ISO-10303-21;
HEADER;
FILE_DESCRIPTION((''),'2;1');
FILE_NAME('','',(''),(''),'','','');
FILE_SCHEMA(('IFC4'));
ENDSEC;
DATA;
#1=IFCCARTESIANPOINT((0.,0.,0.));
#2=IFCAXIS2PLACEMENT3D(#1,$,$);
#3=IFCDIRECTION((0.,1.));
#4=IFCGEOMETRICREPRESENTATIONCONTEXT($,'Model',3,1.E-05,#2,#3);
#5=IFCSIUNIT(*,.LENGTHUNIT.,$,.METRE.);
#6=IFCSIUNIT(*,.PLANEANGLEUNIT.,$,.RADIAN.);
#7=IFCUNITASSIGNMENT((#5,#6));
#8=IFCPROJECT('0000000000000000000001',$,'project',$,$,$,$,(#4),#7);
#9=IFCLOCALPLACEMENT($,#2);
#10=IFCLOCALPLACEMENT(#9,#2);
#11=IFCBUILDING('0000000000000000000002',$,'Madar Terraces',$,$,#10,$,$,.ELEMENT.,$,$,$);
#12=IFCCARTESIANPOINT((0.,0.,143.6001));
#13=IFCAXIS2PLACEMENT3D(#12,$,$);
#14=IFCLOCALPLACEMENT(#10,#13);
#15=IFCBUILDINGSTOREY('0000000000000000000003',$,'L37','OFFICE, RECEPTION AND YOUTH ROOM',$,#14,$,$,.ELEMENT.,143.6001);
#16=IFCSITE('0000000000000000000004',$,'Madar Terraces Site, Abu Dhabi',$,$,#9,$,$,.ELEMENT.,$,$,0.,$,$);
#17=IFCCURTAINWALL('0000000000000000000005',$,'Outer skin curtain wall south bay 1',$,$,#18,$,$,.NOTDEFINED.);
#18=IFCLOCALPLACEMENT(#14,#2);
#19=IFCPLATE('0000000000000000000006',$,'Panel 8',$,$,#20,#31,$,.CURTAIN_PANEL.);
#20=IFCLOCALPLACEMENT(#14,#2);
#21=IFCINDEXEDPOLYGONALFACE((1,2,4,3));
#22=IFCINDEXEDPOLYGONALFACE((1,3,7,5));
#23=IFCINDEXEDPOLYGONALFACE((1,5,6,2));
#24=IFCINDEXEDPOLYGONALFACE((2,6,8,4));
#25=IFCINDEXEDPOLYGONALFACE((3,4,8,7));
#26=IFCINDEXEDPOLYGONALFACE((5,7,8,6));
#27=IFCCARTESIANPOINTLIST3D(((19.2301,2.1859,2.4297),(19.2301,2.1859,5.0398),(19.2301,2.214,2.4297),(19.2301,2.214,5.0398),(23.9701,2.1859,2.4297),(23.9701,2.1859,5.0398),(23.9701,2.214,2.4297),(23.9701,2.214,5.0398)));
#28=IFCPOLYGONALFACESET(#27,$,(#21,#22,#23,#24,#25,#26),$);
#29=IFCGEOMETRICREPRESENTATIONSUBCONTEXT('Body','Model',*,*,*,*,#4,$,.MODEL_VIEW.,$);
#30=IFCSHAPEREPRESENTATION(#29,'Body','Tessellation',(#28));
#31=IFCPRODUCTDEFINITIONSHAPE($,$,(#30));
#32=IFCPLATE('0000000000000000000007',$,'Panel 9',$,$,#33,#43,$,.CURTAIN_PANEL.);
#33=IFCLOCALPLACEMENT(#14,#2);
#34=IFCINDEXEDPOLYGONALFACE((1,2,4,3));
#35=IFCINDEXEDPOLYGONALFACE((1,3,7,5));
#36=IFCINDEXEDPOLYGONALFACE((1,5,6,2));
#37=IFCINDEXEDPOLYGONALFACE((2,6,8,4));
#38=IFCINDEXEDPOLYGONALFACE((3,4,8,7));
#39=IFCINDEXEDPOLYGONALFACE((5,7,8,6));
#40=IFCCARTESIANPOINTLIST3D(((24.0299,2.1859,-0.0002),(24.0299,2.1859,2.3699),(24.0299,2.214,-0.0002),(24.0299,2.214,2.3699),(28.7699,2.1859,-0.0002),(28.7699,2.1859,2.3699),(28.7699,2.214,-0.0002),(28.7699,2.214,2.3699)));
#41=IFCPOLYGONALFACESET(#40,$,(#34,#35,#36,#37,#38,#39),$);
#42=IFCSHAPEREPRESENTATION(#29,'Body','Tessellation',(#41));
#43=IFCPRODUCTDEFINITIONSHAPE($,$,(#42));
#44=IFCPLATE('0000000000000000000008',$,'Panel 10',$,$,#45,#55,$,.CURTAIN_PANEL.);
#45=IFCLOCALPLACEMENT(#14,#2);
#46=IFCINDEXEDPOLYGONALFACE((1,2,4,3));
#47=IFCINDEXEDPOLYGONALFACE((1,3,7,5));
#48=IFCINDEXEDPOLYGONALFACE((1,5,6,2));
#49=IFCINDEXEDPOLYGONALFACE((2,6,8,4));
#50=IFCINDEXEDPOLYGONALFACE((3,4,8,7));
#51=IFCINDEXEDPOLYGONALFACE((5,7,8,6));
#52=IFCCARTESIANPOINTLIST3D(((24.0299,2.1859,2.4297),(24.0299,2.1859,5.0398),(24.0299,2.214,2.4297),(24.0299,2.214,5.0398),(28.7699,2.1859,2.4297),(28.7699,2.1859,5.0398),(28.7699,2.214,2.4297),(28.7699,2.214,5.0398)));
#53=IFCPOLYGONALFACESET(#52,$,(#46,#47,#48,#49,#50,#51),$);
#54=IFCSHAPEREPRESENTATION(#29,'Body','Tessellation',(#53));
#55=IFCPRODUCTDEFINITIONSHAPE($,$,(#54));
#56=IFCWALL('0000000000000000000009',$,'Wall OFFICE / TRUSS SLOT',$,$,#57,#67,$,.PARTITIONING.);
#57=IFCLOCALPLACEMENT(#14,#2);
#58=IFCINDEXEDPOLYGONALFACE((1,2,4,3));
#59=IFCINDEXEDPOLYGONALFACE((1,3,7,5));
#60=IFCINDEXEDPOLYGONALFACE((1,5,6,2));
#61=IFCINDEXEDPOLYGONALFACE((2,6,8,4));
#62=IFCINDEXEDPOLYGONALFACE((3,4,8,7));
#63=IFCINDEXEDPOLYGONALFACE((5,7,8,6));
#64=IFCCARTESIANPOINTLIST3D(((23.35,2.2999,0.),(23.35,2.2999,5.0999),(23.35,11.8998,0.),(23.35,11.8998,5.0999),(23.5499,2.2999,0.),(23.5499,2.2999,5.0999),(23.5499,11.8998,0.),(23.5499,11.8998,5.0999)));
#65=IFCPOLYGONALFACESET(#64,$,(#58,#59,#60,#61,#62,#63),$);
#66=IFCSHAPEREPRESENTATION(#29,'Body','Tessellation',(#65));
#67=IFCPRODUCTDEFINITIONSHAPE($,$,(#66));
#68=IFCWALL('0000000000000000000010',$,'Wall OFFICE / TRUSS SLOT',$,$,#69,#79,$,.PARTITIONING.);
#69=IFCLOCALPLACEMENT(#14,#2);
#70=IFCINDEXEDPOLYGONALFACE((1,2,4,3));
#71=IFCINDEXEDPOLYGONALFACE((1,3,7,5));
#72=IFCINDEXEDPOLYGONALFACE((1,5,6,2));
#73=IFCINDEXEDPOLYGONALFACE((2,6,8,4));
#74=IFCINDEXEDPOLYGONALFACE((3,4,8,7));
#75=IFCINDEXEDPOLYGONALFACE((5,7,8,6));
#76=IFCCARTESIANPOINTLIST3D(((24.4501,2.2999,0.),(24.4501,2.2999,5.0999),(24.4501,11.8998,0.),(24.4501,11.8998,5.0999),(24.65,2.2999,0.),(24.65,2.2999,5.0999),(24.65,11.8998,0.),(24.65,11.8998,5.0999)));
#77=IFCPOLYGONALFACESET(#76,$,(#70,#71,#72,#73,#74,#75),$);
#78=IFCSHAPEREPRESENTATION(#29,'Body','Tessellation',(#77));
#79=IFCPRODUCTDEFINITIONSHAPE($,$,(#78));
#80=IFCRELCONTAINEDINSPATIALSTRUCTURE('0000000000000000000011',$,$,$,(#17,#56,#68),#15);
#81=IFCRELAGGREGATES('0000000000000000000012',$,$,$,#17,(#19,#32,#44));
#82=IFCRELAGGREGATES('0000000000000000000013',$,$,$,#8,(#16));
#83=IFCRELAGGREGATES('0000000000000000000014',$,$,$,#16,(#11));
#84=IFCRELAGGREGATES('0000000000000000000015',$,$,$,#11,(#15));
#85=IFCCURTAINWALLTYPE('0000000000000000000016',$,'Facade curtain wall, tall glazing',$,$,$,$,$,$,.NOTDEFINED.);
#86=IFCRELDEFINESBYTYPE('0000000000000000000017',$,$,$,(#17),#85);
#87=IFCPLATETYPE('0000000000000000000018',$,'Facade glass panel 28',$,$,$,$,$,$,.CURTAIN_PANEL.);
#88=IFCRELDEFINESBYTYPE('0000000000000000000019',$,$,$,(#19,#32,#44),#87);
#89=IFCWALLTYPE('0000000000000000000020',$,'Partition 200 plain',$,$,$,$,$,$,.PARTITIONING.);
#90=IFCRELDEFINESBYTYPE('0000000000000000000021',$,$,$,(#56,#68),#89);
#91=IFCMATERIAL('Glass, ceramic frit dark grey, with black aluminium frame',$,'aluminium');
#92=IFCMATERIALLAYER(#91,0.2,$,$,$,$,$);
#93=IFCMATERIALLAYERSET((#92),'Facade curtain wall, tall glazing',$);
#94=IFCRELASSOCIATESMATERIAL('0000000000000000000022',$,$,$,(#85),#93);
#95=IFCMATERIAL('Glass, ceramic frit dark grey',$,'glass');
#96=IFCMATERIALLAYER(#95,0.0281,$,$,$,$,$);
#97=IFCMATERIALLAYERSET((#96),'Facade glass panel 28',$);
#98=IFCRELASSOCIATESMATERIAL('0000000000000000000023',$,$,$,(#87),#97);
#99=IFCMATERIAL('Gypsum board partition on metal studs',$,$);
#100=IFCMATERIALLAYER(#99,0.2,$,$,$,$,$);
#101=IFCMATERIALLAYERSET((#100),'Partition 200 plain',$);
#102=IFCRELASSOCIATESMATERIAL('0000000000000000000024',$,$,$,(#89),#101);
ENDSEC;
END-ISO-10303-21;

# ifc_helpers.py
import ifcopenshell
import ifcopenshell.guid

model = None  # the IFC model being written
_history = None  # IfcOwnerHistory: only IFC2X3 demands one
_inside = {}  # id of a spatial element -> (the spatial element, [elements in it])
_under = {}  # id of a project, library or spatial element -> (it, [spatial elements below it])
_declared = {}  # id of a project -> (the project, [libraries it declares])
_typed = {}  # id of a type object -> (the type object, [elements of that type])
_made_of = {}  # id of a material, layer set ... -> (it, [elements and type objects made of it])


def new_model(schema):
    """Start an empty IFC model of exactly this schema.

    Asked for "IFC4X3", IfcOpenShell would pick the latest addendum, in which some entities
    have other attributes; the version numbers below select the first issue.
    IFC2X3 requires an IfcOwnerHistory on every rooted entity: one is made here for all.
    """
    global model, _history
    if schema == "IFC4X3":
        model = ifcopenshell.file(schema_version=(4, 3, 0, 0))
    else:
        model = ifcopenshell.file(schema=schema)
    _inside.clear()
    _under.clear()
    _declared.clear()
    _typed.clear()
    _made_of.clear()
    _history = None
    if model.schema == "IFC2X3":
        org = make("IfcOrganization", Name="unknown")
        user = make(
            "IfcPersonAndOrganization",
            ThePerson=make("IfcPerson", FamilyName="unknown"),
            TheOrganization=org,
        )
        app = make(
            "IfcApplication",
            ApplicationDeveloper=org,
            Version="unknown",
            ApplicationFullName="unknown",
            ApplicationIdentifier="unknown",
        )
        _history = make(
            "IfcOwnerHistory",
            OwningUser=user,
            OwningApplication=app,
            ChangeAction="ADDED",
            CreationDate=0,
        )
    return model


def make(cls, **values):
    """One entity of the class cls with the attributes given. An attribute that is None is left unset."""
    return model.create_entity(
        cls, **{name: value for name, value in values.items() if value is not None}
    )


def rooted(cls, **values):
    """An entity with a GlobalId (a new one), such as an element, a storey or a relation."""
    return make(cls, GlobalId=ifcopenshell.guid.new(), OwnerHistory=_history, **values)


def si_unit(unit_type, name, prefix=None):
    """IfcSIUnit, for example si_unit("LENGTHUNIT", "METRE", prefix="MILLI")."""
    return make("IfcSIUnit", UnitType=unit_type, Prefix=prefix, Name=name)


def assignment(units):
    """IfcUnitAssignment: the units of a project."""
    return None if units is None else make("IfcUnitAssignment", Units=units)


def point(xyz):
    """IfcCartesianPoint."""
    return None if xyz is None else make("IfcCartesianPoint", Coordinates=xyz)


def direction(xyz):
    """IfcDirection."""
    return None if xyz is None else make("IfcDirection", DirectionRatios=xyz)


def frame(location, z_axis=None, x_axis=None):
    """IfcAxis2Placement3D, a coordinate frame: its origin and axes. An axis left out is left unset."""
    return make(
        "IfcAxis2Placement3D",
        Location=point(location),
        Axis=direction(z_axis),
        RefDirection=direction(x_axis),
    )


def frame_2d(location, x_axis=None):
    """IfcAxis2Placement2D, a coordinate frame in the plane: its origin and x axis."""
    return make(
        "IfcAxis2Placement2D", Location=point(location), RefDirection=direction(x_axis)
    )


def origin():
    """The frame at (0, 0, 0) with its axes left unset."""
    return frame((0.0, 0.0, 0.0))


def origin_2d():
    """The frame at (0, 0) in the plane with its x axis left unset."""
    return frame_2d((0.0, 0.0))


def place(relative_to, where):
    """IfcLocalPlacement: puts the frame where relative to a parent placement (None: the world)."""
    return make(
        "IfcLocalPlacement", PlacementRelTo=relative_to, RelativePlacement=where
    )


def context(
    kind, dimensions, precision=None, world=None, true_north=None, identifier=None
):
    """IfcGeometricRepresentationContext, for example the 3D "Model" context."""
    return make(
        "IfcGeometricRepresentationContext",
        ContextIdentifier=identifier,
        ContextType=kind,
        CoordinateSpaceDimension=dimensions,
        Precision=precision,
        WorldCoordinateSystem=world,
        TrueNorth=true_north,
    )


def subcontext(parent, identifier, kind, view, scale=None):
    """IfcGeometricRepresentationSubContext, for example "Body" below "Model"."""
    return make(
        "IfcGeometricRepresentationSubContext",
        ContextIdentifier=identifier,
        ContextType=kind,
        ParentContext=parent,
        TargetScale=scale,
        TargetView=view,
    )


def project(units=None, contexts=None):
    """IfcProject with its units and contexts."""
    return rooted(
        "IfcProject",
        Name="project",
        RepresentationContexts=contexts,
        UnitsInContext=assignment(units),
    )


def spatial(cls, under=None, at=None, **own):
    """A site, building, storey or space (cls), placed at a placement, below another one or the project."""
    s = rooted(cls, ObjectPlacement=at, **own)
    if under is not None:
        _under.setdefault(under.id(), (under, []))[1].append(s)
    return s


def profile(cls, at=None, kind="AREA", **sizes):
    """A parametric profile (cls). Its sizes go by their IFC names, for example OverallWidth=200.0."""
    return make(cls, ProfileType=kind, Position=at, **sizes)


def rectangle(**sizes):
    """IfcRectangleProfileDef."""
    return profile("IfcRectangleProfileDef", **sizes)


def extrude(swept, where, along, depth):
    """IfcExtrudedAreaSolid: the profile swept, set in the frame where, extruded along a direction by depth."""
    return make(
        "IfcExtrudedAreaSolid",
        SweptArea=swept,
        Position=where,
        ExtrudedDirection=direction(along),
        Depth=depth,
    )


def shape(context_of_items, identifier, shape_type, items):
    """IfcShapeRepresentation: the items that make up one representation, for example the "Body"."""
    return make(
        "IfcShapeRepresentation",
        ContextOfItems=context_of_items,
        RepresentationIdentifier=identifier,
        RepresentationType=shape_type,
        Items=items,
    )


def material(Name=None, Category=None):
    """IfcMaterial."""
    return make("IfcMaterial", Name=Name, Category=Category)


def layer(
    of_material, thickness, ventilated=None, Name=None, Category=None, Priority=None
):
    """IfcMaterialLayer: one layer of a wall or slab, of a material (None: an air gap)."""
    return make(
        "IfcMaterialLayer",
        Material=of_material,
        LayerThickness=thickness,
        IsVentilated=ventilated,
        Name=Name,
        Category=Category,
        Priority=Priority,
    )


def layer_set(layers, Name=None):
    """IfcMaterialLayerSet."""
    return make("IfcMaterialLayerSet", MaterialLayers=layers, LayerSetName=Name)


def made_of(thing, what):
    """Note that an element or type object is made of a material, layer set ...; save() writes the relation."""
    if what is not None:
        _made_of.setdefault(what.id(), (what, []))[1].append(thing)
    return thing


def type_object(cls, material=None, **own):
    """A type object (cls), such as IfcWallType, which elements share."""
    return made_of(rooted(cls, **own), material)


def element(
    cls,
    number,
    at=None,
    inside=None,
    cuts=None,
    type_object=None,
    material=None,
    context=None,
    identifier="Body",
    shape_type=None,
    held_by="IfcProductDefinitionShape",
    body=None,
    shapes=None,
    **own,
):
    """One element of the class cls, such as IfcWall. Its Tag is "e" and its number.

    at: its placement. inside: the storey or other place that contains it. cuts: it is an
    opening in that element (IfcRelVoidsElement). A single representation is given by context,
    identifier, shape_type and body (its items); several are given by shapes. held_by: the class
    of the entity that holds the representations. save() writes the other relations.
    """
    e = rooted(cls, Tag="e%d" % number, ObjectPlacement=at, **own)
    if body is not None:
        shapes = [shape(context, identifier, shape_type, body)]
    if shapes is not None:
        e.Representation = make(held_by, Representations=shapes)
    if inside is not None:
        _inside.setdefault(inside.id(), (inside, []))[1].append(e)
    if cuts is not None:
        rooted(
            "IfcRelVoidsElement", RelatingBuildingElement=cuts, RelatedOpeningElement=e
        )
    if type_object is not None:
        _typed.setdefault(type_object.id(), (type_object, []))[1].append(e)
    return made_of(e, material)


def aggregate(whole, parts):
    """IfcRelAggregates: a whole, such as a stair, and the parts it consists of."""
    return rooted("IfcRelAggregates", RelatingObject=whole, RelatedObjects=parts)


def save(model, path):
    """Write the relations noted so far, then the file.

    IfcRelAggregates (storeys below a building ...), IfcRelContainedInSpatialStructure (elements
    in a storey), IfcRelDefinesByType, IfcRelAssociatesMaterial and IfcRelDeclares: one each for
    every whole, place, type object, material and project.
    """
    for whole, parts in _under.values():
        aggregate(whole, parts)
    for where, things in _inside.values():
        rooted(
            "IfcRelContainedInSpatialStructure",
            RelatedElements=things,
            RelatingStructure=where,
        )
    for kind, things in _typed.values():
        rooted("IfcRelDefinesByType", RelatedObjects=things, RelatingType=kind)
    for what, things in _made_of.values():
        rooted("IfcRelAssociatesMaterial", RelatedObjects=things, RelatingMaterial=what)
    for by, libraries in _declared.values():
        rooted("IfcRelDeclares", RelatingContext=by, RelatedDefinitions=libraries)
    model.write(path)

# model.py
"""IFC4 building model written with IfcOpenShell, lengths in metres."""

from ifc_helpers import new_model, si_unit, direction, frame, frame_2d, origin, origin_2d, place, context, subcontext, project, spatial, rectangle, extrude, material, layer, layer_set, type_object, element, aggregate, save


model = new_model("IFC4")

# Units and contexts
model_context = context("Model", 3, precision=1e-05, world=origin(), true_north=direction((0.0, 1.0)))
body_context = subcontext(model_context, "Body", "Model", "MODEL_VIEW")
ifc_project = project(units=[si_unit("LENGTHUNIT", "METRE"), si_unit("PLANEANGLEUNIT", "RADIAN")], contexts=[model_context])

# Site, building, storey
site_placement = place(None, origin())
site = spatial("IfcSite", under=ifc_project, at=site_placement, Name="Madar Terraces Site, Abu Dhabi", CompositionType="ELEMENT", RefElevation=0.0)
building_placement = place(site_placement, origin())
building = spatial("IfcBuilding", under=site, at=building_placement, Name="Madar Terraces", CompositionType="ELEMENT")
storey_placement = place(building_placement, frame((0.0, 0.0, 143.6001)))
storey = spatial("IfcBuildingStorey", under=building, at=storey_placement, Name="L37", Description="OFFICE, RECEPTION AND YOUTH ROOM", CompositionType="ELEMENT", Elevation=143.6001)

# Curtain wall
ifc_material_1 = material(Name="Glass, ceramic frit dark grey, with black aluminium frame", Category="aluminium")
ifc_layer_1 = layer(ifc_material_1, 0.2)
ifc_layer_set_1 = layer_set([ifc_layer_1], Name="Facade curtain wall, tall glazing")
curtain_wall_type = type_object("IfcCurtainWallType", Name="Facade curtain wall, tall glazing", PredefinedType="NOTDEFINED", material=ifc_layer_set_1)
curtain_wall_placement = place(storey_placement, origin())
curtain_wall = element("IfcCurtainWall", 1, at=curtain_wall_placement, inside=storey, type_object=curtain_wall_type, Name="Outer skin curtain wall south bay 1", PredefinedType="NOTDEFINED")

# Plates
ifc_material_2 = material(Name="Glass, ceramic frit dark grey", Category="glass")
ifc_layer_2 = layer(ifc_material_2, 0.0281)
ifc_layer_set_2 = layer_set([ifc_layer_2], Name="Facade glass panel 28")
plate_type = type_object("IfcPlateType", Name="Facade glass panel 28", PredefinedType="CURTAIN_PANEL", material=ifc_layer_set_2)
plate_1_placement = place(storey_placement, frame((21.6001, 2.2, 2.4297), z_axis=(0.0, 0.0, 1.0), x_axis=(1.0, 0.0, 0.0)))
plate_1 = element("IfcPlate", 2, at=plate_1_placement, type_object=plate_type, Name="Panel 8", PredefinedType="CURTAIN_PANEL", context=body_context, shape_type="SweptSolid", body=[
    extrude(rectangle(XDim=4.74, YDim=0.0281, at=origin_2d()), origin(), (0.0, 0.0, 1.0), 2.6101),
])
plate_2_placement = place(storey_placement, frame((26.3999, 2.2, -0.0002), z_axis=(0.0, 0.0, 1.0), x_axis=(1.0, 0.0, 0.0)))
plate_2 = element("IfcPlate", 3, at=plate_2_placement, type_object=plate_type, Name="Panel 9", PredefinedType="CURTAIN_PANEL", context=body_context, shape_type="SweptSolid", body=[
    extrude(rectangle(XDim=4.74, YDim=0.0281, at=origin_2d()), origin(), (0.0, 0.0, 1.0), 2.3701),
])
plate_3_placement = place(storey_placement, frame((26.3999, 2.2, 2.4297), z_axis=(0.0, 0.0, 1.0), x_axis=(1.0, 0.0, 0.0)))
plate_3 = element("IfcPlate", 4, at=plate_3_placement, type_object=plate_type, Name="Panel 10", PredefinedType="CURTAIN_PANEL", context=body_context, shape_type="SweptSolid", body=[
    extrude(rectangle(XDim=4.74, YDim=0.0281, at=origin_2d()), origin(), (0.0, 0.0, 1.0), 2.6101),
])
aggregate(curtain_wall, [plate_1, plate_2, plate_3])

# Walls
ifc_material_3 = material(Name="Gypsum board partition on metal studs")
ifc_layer_3 = layer(ifc_material_3, 0.2)
ifc_layer_set_3 = layer_set([ifc_layer_3], Name="Partition 200 plain")
wall_type = type_object("IfcWallType", Name="Partition 200 plain", PredefinedType="PARTITIONING", material=ifc_layer_set_3)
for number, where, z_axis, x_axis, name in (
    (5, (23.45, 2.3, 0.0), (0.0, 0.0, 1.0), (0.0, 1.0, 0.0), "Wall OFFICE / TRUSS SLOT"),
    (6, (24.55, 2.3, 0.0), (0.0, 0.0, 1.0), (0.0, 1.0, 0.0), "Wall OFFICE / TRUSS SLOT"),
):
    element("IfcWall", number, at=place(storey_placement, frame(where, z_axis=z_axis, x_axis=x_axis)), inside=storey, type_object=wall_type, Name=name, PredefinedType="PARTITIONING", context=body_context, shape_type="SweptSolid", body=[
        extrude(rectangle(XDim=9.5999, YDim=0.2, at=frame_2d((4.7998, 0.0))), origin(), (0.0, 0.0, 1.0), 5.0999),
    ])

save(model, "model.ifc")
